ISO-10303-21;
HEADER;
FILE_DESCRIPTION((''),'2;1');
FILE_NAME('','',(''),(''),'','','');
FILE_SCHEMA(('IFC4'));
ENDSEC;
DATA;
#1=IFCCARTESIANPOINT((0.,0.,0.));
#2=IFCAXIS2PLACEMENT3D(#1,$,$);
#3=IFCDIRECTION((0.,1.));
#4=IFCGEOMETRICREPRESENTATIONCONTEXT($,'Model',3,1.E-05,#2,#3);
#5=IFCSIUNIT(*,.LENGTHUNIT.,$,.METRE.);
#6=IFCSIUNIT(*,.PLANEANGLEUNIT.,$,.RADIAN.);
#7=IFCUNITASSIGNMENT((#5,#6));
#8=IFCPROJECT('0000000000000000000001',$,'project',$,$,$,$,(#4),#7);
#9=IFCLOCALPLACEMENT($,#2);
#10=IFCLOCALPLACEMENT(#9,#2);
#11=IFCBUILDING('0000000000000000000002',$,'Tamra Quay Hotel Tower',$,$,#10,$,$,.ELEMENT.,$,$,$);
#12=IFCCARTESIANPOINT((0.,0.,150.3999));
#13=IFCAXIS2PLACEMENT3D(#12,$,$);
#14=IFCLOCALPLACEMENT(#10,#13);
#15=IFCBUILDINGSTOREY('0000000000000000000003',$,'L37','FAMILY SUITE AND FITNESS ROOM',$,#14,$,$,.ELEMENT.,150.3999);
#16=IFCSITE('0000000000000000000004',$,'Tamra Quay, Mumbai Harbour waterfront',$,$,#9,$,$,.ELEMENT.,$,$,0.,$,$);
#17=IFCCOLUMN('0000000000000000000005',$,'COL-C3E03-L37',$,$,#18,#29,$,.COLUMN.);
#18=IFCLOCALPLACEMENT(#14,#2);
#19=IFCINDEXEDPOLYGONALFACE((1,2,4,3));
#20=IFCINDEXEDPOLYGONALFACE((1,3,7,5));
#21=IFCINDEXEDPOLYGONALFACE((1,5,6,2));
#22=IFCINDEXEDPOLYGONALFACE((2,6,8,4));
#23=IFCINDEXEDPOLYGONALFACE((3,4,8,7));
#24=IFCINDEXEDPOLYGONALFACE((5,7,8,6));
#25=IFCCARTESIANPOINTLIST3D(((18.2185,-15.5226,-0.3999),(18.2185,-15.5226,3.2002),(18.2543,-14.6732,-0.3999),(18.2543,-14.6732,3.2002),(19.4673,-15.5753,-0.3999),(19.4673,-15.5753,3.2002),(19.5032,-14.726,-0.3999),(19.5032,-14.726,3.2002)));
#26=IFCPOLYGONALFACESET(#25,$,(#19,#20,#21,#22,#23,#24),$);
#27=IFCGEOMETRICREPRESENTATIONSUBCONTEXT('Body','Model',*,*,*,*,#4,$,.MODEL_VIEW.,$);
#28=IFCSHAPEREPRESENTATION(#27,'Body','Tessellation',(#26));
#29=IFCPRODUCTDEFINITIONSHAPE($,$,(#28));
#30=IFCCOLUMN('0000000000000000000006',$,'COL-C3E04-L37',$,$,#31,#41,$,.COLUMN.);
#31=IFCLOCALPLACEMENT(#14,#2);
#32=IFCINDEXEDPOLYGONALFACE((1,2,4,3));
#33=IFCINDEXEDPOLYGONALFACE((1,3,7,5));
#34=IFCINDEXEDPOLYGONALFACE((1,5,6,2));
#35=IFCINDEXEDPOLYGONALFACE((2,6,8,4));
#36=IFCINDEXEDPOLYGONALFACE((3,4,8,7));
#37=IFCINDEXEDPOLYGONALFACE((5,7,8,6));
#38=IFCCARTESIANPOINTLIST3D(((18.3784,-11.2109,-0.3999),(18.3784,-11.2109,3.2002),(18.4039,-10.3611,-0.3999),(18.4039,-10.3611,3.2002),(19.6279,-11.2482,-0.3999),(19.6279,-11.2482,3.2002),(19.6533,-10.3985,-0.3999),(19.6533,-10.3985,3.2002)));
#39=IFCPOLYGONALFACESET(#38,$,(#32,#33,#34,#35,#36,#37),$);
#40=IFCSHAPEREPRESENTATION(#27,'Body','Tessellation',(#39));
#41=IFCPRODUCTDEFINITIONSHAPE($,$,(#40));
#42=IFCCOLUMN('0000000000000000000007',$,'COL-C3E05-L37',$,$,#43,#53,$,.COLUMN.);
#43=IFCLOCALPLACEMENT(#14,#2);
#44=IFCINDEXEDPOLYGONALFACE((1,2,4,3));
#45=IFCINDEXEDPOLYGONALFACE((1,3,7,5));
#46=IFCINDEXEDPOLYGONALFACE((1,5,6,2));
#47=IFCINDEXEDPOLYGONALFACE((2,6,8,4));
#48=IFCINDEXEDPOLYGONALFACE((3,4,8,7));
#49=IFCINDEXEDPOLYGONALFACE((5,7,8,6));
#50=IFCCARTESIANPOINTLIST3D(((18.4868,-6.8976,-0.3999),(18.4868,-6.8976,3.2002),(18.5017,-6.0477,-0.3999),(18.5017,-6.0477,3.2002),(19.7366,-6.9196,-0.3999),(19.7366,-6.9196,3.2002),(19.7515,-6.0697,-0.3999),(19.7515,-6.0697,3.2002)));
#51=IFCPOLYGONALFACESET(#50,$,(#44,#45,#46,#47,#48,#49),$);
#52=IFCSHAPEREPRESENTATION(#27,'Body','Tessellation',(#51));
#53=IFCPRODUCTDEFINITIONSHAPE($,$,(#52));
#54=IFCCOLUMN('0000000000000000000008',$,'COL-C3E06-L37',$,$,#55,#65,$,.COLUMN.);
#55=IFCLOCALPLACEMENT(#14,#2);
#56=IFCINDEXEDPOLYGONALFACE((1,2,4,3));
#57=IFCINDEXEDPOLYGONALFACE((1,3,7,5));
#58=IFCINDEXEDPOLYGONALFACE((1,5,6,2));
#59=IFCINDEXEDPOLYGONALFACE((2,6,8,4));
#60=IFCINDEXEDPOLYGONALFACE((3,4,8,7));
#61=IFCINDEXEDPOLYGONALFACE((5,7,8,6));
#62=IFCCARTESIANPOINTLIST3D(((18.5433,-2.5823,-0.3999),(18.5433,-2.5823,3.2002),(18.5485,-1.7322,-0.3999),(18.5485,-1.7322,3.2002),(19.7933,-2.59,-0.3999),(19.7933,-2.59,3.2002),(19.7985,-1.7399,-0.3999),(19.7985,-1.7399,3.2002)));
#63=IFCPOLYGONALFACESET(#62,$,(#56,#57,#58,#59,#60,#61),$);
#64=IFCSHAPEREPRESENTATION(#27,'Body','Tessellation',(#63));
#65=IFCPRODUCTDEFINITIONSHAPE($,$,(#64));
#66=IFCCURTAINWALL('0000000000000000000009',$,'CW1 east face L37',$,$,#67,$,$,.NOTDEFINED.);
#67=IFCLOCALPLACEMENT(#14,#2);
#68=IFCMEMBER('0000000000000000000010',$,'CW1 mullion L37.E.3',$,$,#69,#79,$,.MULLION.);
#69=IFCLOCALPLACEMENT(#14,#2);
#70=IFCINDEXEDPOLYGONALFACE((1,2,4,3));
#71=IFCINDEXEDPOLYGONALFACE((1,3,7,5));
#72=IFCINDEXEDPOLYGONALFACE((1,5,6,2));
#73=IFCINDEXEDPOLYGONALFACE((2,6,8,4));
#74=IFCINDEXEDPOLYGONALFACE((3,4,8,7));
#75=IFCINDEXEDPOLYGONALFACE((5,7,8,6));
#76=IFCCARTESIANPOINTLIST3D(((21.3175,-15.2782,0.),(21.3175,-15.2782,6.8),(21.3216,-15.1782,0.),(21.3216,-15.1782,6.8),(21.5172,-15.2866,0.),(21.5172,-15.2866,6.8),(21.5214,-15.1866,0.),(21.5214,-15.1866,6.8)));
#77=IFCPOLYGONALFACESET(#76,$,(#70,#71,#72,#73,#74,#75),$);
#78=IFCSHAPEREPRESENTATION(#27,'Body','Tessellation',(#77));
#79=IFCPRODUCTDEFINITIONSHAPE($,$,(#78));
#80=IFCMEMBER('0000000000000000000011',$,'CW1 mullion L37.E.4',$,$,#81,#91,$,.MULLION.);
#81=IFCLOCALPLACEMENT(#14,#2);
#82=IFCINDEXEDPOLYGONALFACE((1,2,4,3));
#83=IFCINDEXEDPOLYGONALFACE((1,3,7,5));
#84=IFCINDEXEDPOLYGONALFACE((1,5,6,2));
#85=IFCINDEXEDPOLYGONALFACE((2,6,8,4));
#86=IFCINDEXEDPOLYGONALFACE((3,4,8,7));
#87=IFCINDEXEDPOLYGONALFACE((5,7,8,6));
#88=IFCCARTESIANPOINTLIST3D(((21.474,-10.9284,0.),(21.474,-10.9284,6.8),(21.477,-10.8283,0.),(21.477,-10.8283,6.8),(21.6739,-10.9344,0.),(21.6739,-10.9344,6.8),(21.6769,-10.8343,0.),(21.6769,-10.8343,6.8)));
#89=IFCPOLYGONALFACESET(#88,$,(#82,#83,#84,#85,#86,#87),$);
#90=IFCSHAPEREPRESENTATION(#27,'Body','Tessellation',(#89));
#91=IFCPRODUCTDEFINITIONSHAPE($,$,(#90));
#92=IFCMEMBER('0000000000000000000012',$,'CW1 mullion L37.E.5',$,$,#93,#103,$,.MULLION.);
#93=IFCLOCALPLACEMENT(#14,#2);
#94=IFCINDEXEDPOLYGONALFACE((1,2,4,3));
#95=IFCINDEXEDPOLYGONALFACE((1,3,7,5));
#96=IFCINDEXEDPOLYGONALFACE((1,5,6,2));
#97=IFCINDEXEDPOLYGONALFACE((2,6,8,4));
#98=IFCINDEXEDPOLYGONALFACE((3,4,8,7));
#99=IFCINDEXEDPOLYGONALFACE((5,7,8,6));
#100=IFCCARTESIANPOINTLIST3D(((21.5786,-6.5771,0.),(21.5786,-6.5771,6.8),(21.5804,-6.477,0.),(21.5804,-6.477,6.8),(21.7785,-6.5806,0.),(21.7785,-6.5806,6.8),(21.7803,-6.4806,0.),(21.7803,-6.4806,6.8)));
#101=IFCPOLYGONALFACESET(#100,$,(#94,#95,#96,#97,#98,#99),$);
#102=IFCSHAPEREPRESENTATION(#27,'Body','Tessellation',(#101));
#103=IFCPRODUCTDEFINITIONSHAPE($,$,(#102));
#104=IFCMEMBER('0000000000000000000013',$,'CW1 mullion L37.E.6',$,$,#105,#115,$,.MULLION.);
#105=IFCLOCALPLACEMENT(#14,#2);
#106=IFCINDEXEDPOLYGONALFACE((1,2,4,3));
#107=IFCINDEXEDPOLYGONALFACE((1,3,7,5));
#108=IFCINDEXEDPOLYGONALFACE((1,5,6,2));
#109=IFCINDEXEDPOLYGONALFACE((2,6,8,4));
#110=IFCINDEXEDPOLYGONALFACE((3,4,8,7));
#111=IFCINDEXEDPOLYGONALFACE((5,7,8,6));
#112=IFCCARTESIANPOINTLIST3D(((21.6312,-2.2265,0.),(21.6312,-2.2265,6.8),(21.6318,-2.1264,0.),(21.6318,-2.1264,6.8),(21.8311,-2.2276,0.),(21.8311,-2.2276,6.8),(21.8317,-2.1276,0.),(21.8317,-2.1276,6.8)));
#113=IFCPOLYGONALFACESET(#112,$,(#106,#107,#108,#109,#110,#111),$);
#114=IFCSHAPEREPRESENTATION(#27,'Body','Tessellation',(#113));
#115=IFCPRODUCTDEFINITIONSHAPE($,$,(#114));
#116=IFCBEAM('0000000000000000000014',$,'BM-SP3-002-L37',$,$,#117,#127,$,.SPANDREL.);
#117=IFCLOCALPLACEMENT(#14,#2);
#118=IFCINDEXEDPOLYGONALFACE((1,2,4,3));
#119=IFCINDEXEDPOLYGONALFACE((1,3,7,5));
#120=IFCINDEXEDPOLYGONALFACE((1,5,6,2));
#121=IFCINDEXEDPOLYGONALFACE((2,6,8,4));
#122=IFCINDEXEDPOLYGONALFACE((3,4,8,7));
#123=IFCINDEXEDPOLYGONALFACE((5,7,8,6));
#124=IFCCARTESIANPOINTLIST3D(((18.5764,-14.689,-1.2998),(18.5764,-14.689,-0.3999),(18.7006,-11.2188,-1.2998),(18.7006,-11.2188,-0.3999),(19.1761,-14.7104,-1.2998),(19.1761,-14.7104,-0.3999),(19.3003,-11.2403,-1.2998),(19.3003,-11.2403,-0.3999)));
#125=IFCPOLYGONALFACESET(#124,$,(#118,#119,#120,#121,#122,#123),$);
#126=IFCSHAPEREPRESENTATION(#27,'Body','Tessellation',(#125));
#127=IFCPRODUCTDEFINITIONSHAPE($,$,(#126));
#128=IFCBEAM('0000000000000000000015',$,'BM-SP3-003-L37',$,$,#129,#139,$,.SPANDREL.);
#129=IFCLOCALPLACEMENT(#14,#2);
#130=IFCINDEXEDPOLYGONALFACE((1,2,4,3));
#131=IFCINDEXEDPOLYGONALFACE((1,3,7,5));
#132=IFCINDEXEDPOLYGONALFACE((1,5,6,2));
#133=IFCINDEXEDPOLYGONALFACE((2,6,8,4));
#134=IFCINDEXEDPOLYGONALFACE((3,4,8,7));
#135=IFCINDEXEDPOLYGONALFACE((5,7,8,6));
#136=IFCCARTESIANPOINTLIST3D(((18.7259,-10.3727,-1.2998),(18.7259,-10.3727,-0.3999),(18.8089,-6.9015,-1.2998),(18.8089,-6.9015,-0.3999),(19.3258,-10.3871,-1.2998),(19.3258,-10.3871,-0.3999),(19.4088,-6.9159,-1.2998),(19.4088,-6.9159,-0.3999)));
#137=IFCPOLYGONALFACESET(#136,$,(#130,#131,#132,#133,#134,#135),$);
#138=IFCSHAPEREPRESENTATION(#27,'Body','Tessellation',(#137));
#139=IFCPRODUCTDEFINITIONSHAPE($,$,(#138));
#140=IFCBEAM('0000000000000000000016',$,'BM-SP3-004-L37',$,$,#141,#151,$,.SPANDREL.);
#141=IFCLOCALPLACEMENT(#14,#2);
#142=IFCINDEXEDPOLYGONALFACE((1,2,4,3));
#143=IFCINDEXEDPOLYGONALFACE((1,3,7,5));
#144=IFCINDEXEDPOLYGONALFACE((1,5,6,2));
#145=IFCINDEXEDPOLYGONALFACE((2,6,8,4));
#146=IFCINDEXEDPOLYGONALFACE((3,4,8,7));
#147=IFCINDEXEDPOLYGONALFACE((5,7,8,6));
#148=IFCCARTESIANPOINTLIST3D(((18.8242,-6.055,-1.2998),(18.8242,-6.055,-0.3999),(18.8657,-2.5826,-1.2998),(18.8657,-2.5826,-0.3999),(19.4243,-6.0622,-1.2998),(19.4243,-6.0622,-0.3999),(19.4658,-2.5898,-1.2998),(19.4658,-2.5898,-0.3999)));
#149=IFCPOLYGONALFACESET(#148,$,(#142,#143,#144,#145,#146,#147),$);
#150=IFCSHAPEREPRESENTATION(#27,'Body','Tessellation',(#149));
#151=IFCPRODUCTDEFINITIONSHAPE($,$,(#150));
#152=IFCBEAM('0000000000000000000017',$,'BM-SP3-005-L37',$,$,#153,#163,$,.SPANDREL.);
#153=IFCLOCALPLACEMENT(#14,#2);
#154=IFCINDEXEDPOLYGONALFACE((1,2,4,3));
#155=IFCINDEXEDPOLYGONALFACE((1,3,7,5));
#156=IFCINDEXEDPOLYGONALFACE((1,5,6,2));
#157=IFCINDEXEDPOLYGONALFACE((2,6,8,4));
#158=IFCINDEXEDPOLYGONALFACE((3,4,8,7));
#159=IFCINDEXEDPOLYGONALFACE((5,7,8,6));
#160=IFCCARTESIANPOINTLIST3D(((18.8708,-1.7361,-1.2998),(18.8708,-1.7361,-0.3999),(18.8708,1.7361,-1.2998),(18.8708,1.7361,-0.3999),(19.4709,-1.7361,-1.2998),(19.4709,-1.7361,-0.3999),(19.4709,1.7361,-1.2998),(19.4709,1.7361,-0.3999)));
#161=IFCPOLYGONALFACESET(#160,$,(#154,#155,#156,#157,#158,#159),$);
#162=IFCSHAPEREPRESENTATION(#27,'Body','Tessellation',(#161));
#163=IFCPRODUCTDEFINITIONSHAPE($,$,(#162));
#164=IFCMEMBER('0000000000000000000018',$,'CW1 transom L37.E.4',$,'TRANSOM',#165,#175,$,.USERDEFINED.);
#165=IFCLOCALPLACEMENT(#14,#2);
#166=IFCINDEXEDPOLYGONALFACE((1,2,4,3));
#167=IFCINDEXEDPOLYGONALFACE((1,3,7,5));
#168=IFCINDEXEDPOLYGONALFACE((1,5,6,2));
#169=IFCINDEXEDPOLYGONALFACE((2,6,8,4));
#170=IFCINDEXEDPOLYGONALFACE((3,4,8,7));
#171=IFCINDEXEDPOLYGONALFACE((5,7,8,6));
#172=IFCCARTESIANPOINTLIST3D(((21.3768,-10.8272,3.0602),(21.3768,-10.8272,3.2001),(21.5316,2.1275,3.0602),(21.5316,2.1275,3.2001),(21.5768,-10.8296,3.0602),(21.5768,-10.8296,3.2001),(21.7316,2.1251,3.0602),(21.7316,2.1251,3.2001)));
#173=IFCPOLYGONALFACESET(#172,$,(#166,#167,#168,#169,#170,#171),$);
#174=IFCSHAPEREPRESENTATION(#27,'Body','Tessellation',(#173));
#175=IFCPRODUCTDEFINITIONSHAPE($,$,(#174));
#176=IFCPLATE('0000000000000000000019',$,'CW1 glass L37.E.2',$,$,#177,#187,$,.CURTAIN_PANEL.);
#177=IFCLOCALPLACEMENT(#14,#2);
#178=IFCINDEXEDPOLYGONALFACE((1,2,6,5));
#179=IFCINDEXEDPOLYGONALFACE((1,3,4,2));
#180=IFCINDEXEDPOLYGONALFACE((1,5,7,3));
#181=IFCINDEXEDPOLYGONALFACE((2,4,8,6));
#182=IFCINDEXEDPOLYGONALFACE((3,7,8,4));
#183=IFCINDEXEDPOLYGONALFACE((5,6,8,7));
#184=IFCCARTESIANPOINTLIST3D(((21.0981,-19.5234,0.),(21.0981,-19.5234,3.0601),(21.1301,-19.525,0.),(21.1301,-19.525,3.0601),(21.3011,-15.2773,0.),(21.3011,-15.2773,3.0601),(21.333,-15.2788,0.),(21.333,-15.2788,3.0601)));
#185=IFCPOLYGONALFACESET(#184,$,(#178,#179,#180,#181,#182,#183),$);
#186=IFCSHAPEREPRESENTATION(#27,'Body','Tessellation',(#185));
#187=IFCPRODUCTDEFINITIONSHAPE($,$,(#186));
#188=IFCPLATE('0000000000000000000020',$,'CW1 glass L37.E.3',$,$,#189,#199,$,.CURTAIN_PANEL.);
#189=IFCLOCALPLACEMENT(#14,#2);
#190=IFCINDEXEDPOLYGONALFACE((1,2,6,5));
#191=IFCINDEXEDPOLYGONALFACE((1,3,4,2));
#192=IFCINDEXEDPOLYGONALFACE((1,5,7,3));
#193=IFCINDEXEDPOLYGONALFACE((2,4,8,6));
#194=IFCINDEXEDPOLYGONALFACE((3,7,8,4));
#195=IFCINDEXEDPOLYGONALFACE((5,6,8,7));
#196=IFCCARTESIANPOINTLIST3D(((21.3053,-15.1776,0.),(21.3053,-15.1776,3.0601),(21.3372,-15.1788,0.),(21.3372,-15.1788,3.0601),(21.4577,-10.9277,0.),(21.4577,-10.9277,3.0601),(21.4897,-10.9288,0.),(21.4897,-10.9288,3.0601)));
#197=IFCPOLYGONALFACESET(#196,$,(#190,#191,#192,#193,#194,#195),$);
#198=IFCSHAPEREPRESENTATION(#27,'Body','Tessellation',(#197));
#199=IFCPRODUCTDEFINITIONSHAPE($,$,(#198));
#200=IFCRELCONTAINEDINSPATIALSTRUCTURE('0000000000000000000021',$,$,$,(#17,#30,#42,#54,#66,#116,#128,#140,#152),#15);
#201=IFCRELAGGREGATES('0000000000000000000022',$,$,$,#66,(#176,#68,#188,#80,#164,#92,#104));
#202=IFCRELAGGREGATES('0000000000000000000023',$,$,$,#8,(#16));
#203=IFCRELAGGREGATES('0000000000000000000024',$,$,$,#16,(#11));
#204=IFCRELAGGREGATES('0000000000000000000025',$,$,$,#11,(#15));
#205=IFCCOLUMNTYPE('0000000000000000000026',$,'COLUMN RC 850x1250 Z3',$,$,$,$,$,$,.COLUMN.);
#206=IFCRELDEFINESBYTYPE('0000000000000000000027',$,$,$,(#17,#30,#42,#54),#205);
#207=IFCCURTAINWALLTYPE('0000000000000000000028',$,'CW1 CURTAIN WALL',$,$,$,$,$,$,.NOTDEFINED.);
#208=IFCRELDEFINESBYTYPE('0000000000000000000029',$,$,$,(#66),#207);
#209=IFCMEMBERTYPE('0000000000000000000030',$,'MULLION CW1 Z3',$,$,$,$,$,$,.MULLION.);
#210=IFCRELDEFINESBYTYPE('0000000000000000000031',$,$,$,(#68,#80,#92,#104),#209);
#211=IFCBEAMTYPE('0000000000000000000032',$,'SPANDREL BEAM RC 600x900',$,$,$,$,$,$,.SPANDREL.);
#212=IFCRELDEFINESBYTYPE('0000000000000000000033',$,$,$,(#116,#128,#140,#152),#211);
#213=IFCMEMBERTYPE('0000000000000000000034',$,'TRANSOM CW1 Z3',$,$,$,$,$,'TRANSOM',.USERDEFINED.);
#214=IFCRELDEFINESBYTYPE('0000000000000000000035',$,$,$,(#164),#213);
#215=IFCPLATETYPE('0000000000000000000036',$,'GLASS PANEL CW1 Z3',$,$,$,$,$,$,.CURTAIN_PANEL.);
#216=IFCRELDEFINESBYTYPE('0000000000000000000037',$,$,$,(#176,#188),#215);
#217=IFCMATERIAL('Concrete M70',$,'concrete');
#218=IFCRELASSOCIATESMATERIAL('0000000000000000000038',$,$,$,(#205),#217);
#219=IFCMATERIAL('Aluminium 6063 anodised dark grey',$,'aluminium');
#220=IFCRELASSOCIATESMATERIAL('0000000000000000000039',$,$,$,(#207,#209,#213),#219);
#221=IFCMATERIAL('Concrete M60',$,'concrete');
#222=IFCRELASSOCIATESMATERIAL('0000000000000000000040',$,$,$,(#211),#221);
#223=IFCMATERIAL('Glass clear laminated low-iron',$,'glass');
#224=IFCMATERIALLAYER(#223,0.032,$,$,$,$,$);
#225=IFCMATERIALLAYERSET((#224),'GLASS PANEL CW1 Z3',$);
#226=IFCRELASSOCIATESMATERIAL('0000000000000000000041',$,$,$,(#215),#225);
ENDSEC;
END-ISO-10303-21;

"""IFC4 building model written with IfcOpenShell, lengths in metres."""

from ifc_helpers import new_model, si_unit, direction, frame, origin, origin_2d, place, context, subcontext, project, spatial, rectangle, extrude, material, layer, layer_set, material_profile, profile_set, type_object, element, aggregate, save


model = new_model("IFC4")

# Units and contexts
model_context = context("Model", 3, precision=1e-05, world=origin(), true_north=direction((0.0, 1.0)))
body_context = subcontext(model_context, "Body", "Model", "MODEL_VIEW")
ifc_project = project(units=[si_unit("LENGTHUNIT", "METRE"), si_unit("PLANEANGLEUNIT", "RADIAN")], contexts=[model_context])

# Site, building, storey
site_placement = place(None, origin())
site = spatial("IfcSite", under=ifc_project, at=site_placement, Name="Tamra Quay, Mumbai Harbour waterfront", CompositionType="ELEMENT", RefElevation=0.0)
building_placement = place(site_placement, origin())
building = spatial("IfcBuilding", under=site, at=building_placement, Name="Tamra Quay Hotel Tower", CompositionType="ELEMENT")
storey_placement = place(building_placement, frame((0.0, 0.0, 150.3999)))
storey = spatial("IfcBuildingStorey", under=building, at=storey_placement, Name="L37", Description="FAMILY SUITE AND FITNESS ROOM", CompositionType="ELEMENT", Elevation=150.3999)

# Columns
ifc_material_1 = material(Name="Concrete M70", Category="concrete")
ifc_material_profile_1 = material_profile(ifc_material_1, rectangle(XDim=1.25, YDim=0.8501, at=origin_2d()), Name="COLUMN RC 850x1250 Z3")
ifc_profile_set_1 = profile_set([ifc_material_profile_1], Name="Concrete M70")
column_type = type_object("IfcColumnType", Name="COLUMN RC 850x1250 Z3", PredefinedType="COLUMN", material=ifc_profile_set_1)
for number, where, z_axis, x_axis, name in (
    (1, (18.8608, -15.1243, -0.3999), (0.0, 0.0, 1.0), (-0.999109, 0.042202, 0.0), "COL-C3E03-L37"),
    (2, (19.0159, -10.8047, -0.3999), (0.0, 0.0, 1.0), (-0.999553, 0.029907, 0.0), "COL-C3E04-L37"),
    (3, (19.1191, -6.4836, -0.3999), (0.0, 0.0, 1.0), (-0.999845, 0.017597, 0.0), "COL-C3E05-L37"),
    (4, (19.1709, -2.1611, -0.3999), (0.0, 0.0, 1.0), (-0.999981, 0.006159, 0.0), "COL-C3E06-L37"),
):
    element("IfcColumn", number, at=place(storey_placement, frame(where, z_axis=z_axis, x_axis=x_axis)), inside=storey, type_object=column_type, Name=name, PredefinedType="COLUMN", context=body_context, shape_type="SweptSolid", body=[
        extrude(rectangle(XDim=1.25, YDim=0.8501, at=origin_2d()), origin(), (0.0, 0.0, 1.0), 3.6001),
    ])

# Curtain wall, members
ifc_material_2 = material(Name="Aluminium 6063 anodised dark grey", Category="aluminium")
curtain_wall_type = type_object("IfcCurtainWallType", Name="CW1 CURTAIN WALL", PredefinedType="NOTDEFINED", material=ifc_material_2)
curtain_wall_placement = place(storey_placement, origin())
curtain_wall = element("IfcCurtainWall", 5, at=curtain_wall_placement, inside=storey, type_object=curtain_wall_type, Name="CW1 east face L37", PredefinedType="NOTDEFINED")
ifc_material_profile_2 = material_profile(ifc_material_2, rectangle(XDim=0.2, YDim=0.1001, at=origin_2d()), Name="MULLION 100X200")
ifc_profile_set_2 = profile_set([ifc_material_profile_2], Name="Aluminium 6063 anodised dark grey")
member_type_1 = type_object("IfcMemberType", Name="MULLION CW1 Z3", PredefinedType="MULLION", material=ifc_profile_set_2)
member_1_placement = place(storey_placement, frame((21.4194, -15.2324, 0.0), z_axis=(0.0, 0.0, 1.0), x_axis=(0.999126, -0.041797, 0.0)))
member_1 = element("IfcMember", 6, at=member_1_placement, type_object=member_type_1, Name="CW1 mullion L37.E.3", PredefinedType="MULLION", context=body_context, shape_type="SweptSolid", body=[
    extrude(rectangle(XDim=0.2, YDim=0.1001, at=origin_2d()), origin(), (0.0, 0.0, 1.0), 6.8),
])
member_2_placement = place(storey_placement, frame((21.5754, -10.8813, 0.0), z_axis=(0.0, 0.0, 1.0), x_axis=(0.999554, -0.029871, 0.0)))
member_2 = element("IfcMember", 7, at=member_2_placement, type_object=member_type_1, Name="CW1 mullion L37.E.4", PredefinedType="MULLION", context=body_context, shape_type="SweptSolid", body=[
    extrude(rectangle(XDim=0.2, YDim=0.1001, at=origin_2d()), origin(), (0.0, 0.0, 1.0), 6.8),
])
member_3_placement = place(storey_placement, frame((21.6794, -6.5288, 0.0), z_axis=(0.0, 0.0, 1.0), x_axis=(0.999839, -0.017927, 0.0)))
member_3 = element("IfcMember", 8, at=member_3_placement, type_object=member_type_1, Name="CW1 mullion L37.E.5", PredefinedType="MULLION", context=body_context, shape_type="SweptSolid", body=[
    extrude(rectangle(XDim=0.2, YDim=0.1001, at=origin_2d()), origin(), (0.0, 0.0, 1.0), 6.8),
])
member_4_placement = place(storey_placement, frame((21.7314, -2.177, 0.0), z_axis=(0.0, 0.0, 1.0), x_axis=(0.999982, -0.005979, 0.0)))
member_4 = element("IfcMember", 9, at=member_4_placement, type_object=member_type_1, Name="CW1 mullion L37.E.6", PredefinedType="MULLION", context=body_context, shape_type="SweptSolid", body=[
    extrude(rectangle(XDim=0.2, YDim=0.1001, at=origin_2d()), origin(), (0.0, 0.0, 1.0), 6.8),
])

# Beams
ifc_material_3 = material(Name="Concrete M60", Category="concrete")
ifc_material_profile_3 = material_profile(ifc_material_3, rectangle(XDim=0.6001, YDim=0.8999, at=origin_2d()), Name="SPANDREL BEAM RC 600x900")
ifc_profile_set_3 = profile_set([ifc_material_profile_3], Name="Concrete M60")
beam_type = type_object("IfcBeamType", Name="SPANDREL BEAM RC 600x900", PredefinedType="SPANDREL", material=ifc_profile_set_3)
beam_1_placement = place(storey_placement, frame((18.8762, -14.6997, -0.8499), z_axis=(0.035787, 0.999359, 0.0), x_axis=(-0.999359, 0.035787, 0.0)))
element("IfcBeam", 10, at=beam_1_placement, inside=storey, type_object=beam_type, Name="BM-SP3-002-L37", PredefinedType="SPANDREL", context=body_context, shape_type="SweptSolid", body=[
    extrude(rectangle(XDim=0.6001, YDim=0.8999, at=origin_2d()), origin(), (0.0, 0.0, 1.0), 3.4724),
])
beam_2_placement = place(storey_placement, frame((19.0259, -10.3799, -0.8499), z_axis=(0.023907, 0.999714, 0.0), x_axis=(-0.999714, 0.023907, 0.0)))
element("IfcBeam", 11, at=beam_2_placement, inside=storey, type_object=beam_type, Name="BM-SP3-003-L37", PredefinedType="SPANDREL", context=body_context, shape_type="SweptSolid", body=[
    extrude(rectangle(XDim=0.6001, YDim=0.8999, at=origin_2d()), origin(), (0.0, 0.0, 1.0), 3.4722),
])
beam_3_placement = place(storey_placement, frame((19.1243, -6.0586, -0.8499), z_axis=(0.011952, 0.999929, 0.0), x_axis=(-0.999929, 0.011952, 0.0)))
element("IfcBeam", 12, at=beam_3_placement, inside=storey, type_object=beam_type, Name="BM-SP3-004-L37", PredefinedType="SPANDREL", context=body_context, shape_type="SweptSolid", body=[
    extrude(rectangle(XDim=0.6001, YDim=0.8999, at=origin_2d()), origin(), (0.0, 0.0, 1.0), 3.4727),
])
beam_4_placement = place(storey_placement, frame((19.1709, -1.7361, -0.8499), z_axis=(0.0, 1.0, 0.0), x_axis=(-1.0, 0.0, 0.0)))
element("IfcBeam", 13, at=beam_4_placement, inside=storey, type_object=beam_type, Name="BM-SP3-005-L37", PredefinedType="SPANDREL", context=body_context, shape_type="SweptSolid", body=[
    extrude(rectangle(XDim=0.6001, YDim=0.8999, at=origin_2d()), origin(), (0.0, 0.0, 1.0), 3.4722),
])

# Member
ifc_material_profile_4 = material_profile(ifc_material_2, rectangle(XDim=0.2, YDim=0.1399, at=origin_2d()), Name="TRANSOM 200X140")
ifc_profile_set_4 = profile_set([ifc_material_profile_4], Name="Aluminium 6063 anodised dark grey")
member_type_2 = type_object("IfcMemberType", Name="TRANSOM CW1 Z3", ElementType="TRANSOM", PredefinedType="USERDEFINED", material=ifc_profile_set_4)
member_5_placement = place(storey_placement, frame((21.4768, -10.8284, 3.1301), z_axis=(0.011947, 0.999929, 0.0), x_axis=(-0.999929, 0.011947, 0.0)))
member_5 = element("IfcMember", 14, at=member_5_placement, type_object=member_type_2, Name="CW1 transom L37.E.4", ObjectType="TRANSOM", PredefinedType="USERDEFINED", context=body_context, shape_type="SweptSolid", body=[
    extrude(rectangle(XDim=0.2, YDim=0.1399, at=origin_2d()), origin(), (0.0, 0.0, 1.0), 12.9556),
])

# Plates
ifc_material_4 = material(Name="Glass clear laminated low-iron", Category="glass")
ifc_layer_1 = layer(ifc_material_4, 0.032)
ifc_layer_set_1 = layer_set([ifc_layer_1], Name="GLASS PANEL CW1 Z3")
plate_type = type_object("IfcPlateType", Name="GLASS PANEL CW1 Z3", PredefinedType="CURTAIN_PANEL", material=ifc_layer_set_1)
plate_1_placement = place(storey_placement, frame((21.2156, -17.4011, 0.0), z_axis=(0.0, 0.0, 1.0), x_axis=(0.047747, 0.998859, 0.0)))
plate_1 = element("IfcPlate", 15, at=plate_1_placement, type_object=plate_type, Name="CW1 glass L37.E.2", PredefinedType="CURTAIN_PANEL", context=body_context, shape_type="SweptSolid", body=[
    extrude(rectangle(XDim=4.251, YDim=0.032, at=origin_2d()), origin(), (0.0, 0.0, 1.0), 3.0601),
])
plate_2_placement = place(storey_placement, frame((21.3975, -13.0532, 0.0), z_axis=(0.0, 0.0, 1.0), x_axis=(0.035845, 0.999357, 0.0)))
plate_2 = element("IfcPlate", 16, at=plate_2_placement, type_object=plate_type, Name="CW1 glass L37.E.3", PredefinedType="CURTAIN_PANEL", context=body_context, shape_type="SweptSolid", body=[
    extrude(rectangle(XDim=4.2527, YDim=0.032, at=origin_2d()), origin(), (0.0, 0.0, 1.0), 3.0601),
])
aggregate(curtain_wall, [plate_1, member_1, plate_2, member_2, member_5, member_3, member_4])

save(model, "model.ifc")
